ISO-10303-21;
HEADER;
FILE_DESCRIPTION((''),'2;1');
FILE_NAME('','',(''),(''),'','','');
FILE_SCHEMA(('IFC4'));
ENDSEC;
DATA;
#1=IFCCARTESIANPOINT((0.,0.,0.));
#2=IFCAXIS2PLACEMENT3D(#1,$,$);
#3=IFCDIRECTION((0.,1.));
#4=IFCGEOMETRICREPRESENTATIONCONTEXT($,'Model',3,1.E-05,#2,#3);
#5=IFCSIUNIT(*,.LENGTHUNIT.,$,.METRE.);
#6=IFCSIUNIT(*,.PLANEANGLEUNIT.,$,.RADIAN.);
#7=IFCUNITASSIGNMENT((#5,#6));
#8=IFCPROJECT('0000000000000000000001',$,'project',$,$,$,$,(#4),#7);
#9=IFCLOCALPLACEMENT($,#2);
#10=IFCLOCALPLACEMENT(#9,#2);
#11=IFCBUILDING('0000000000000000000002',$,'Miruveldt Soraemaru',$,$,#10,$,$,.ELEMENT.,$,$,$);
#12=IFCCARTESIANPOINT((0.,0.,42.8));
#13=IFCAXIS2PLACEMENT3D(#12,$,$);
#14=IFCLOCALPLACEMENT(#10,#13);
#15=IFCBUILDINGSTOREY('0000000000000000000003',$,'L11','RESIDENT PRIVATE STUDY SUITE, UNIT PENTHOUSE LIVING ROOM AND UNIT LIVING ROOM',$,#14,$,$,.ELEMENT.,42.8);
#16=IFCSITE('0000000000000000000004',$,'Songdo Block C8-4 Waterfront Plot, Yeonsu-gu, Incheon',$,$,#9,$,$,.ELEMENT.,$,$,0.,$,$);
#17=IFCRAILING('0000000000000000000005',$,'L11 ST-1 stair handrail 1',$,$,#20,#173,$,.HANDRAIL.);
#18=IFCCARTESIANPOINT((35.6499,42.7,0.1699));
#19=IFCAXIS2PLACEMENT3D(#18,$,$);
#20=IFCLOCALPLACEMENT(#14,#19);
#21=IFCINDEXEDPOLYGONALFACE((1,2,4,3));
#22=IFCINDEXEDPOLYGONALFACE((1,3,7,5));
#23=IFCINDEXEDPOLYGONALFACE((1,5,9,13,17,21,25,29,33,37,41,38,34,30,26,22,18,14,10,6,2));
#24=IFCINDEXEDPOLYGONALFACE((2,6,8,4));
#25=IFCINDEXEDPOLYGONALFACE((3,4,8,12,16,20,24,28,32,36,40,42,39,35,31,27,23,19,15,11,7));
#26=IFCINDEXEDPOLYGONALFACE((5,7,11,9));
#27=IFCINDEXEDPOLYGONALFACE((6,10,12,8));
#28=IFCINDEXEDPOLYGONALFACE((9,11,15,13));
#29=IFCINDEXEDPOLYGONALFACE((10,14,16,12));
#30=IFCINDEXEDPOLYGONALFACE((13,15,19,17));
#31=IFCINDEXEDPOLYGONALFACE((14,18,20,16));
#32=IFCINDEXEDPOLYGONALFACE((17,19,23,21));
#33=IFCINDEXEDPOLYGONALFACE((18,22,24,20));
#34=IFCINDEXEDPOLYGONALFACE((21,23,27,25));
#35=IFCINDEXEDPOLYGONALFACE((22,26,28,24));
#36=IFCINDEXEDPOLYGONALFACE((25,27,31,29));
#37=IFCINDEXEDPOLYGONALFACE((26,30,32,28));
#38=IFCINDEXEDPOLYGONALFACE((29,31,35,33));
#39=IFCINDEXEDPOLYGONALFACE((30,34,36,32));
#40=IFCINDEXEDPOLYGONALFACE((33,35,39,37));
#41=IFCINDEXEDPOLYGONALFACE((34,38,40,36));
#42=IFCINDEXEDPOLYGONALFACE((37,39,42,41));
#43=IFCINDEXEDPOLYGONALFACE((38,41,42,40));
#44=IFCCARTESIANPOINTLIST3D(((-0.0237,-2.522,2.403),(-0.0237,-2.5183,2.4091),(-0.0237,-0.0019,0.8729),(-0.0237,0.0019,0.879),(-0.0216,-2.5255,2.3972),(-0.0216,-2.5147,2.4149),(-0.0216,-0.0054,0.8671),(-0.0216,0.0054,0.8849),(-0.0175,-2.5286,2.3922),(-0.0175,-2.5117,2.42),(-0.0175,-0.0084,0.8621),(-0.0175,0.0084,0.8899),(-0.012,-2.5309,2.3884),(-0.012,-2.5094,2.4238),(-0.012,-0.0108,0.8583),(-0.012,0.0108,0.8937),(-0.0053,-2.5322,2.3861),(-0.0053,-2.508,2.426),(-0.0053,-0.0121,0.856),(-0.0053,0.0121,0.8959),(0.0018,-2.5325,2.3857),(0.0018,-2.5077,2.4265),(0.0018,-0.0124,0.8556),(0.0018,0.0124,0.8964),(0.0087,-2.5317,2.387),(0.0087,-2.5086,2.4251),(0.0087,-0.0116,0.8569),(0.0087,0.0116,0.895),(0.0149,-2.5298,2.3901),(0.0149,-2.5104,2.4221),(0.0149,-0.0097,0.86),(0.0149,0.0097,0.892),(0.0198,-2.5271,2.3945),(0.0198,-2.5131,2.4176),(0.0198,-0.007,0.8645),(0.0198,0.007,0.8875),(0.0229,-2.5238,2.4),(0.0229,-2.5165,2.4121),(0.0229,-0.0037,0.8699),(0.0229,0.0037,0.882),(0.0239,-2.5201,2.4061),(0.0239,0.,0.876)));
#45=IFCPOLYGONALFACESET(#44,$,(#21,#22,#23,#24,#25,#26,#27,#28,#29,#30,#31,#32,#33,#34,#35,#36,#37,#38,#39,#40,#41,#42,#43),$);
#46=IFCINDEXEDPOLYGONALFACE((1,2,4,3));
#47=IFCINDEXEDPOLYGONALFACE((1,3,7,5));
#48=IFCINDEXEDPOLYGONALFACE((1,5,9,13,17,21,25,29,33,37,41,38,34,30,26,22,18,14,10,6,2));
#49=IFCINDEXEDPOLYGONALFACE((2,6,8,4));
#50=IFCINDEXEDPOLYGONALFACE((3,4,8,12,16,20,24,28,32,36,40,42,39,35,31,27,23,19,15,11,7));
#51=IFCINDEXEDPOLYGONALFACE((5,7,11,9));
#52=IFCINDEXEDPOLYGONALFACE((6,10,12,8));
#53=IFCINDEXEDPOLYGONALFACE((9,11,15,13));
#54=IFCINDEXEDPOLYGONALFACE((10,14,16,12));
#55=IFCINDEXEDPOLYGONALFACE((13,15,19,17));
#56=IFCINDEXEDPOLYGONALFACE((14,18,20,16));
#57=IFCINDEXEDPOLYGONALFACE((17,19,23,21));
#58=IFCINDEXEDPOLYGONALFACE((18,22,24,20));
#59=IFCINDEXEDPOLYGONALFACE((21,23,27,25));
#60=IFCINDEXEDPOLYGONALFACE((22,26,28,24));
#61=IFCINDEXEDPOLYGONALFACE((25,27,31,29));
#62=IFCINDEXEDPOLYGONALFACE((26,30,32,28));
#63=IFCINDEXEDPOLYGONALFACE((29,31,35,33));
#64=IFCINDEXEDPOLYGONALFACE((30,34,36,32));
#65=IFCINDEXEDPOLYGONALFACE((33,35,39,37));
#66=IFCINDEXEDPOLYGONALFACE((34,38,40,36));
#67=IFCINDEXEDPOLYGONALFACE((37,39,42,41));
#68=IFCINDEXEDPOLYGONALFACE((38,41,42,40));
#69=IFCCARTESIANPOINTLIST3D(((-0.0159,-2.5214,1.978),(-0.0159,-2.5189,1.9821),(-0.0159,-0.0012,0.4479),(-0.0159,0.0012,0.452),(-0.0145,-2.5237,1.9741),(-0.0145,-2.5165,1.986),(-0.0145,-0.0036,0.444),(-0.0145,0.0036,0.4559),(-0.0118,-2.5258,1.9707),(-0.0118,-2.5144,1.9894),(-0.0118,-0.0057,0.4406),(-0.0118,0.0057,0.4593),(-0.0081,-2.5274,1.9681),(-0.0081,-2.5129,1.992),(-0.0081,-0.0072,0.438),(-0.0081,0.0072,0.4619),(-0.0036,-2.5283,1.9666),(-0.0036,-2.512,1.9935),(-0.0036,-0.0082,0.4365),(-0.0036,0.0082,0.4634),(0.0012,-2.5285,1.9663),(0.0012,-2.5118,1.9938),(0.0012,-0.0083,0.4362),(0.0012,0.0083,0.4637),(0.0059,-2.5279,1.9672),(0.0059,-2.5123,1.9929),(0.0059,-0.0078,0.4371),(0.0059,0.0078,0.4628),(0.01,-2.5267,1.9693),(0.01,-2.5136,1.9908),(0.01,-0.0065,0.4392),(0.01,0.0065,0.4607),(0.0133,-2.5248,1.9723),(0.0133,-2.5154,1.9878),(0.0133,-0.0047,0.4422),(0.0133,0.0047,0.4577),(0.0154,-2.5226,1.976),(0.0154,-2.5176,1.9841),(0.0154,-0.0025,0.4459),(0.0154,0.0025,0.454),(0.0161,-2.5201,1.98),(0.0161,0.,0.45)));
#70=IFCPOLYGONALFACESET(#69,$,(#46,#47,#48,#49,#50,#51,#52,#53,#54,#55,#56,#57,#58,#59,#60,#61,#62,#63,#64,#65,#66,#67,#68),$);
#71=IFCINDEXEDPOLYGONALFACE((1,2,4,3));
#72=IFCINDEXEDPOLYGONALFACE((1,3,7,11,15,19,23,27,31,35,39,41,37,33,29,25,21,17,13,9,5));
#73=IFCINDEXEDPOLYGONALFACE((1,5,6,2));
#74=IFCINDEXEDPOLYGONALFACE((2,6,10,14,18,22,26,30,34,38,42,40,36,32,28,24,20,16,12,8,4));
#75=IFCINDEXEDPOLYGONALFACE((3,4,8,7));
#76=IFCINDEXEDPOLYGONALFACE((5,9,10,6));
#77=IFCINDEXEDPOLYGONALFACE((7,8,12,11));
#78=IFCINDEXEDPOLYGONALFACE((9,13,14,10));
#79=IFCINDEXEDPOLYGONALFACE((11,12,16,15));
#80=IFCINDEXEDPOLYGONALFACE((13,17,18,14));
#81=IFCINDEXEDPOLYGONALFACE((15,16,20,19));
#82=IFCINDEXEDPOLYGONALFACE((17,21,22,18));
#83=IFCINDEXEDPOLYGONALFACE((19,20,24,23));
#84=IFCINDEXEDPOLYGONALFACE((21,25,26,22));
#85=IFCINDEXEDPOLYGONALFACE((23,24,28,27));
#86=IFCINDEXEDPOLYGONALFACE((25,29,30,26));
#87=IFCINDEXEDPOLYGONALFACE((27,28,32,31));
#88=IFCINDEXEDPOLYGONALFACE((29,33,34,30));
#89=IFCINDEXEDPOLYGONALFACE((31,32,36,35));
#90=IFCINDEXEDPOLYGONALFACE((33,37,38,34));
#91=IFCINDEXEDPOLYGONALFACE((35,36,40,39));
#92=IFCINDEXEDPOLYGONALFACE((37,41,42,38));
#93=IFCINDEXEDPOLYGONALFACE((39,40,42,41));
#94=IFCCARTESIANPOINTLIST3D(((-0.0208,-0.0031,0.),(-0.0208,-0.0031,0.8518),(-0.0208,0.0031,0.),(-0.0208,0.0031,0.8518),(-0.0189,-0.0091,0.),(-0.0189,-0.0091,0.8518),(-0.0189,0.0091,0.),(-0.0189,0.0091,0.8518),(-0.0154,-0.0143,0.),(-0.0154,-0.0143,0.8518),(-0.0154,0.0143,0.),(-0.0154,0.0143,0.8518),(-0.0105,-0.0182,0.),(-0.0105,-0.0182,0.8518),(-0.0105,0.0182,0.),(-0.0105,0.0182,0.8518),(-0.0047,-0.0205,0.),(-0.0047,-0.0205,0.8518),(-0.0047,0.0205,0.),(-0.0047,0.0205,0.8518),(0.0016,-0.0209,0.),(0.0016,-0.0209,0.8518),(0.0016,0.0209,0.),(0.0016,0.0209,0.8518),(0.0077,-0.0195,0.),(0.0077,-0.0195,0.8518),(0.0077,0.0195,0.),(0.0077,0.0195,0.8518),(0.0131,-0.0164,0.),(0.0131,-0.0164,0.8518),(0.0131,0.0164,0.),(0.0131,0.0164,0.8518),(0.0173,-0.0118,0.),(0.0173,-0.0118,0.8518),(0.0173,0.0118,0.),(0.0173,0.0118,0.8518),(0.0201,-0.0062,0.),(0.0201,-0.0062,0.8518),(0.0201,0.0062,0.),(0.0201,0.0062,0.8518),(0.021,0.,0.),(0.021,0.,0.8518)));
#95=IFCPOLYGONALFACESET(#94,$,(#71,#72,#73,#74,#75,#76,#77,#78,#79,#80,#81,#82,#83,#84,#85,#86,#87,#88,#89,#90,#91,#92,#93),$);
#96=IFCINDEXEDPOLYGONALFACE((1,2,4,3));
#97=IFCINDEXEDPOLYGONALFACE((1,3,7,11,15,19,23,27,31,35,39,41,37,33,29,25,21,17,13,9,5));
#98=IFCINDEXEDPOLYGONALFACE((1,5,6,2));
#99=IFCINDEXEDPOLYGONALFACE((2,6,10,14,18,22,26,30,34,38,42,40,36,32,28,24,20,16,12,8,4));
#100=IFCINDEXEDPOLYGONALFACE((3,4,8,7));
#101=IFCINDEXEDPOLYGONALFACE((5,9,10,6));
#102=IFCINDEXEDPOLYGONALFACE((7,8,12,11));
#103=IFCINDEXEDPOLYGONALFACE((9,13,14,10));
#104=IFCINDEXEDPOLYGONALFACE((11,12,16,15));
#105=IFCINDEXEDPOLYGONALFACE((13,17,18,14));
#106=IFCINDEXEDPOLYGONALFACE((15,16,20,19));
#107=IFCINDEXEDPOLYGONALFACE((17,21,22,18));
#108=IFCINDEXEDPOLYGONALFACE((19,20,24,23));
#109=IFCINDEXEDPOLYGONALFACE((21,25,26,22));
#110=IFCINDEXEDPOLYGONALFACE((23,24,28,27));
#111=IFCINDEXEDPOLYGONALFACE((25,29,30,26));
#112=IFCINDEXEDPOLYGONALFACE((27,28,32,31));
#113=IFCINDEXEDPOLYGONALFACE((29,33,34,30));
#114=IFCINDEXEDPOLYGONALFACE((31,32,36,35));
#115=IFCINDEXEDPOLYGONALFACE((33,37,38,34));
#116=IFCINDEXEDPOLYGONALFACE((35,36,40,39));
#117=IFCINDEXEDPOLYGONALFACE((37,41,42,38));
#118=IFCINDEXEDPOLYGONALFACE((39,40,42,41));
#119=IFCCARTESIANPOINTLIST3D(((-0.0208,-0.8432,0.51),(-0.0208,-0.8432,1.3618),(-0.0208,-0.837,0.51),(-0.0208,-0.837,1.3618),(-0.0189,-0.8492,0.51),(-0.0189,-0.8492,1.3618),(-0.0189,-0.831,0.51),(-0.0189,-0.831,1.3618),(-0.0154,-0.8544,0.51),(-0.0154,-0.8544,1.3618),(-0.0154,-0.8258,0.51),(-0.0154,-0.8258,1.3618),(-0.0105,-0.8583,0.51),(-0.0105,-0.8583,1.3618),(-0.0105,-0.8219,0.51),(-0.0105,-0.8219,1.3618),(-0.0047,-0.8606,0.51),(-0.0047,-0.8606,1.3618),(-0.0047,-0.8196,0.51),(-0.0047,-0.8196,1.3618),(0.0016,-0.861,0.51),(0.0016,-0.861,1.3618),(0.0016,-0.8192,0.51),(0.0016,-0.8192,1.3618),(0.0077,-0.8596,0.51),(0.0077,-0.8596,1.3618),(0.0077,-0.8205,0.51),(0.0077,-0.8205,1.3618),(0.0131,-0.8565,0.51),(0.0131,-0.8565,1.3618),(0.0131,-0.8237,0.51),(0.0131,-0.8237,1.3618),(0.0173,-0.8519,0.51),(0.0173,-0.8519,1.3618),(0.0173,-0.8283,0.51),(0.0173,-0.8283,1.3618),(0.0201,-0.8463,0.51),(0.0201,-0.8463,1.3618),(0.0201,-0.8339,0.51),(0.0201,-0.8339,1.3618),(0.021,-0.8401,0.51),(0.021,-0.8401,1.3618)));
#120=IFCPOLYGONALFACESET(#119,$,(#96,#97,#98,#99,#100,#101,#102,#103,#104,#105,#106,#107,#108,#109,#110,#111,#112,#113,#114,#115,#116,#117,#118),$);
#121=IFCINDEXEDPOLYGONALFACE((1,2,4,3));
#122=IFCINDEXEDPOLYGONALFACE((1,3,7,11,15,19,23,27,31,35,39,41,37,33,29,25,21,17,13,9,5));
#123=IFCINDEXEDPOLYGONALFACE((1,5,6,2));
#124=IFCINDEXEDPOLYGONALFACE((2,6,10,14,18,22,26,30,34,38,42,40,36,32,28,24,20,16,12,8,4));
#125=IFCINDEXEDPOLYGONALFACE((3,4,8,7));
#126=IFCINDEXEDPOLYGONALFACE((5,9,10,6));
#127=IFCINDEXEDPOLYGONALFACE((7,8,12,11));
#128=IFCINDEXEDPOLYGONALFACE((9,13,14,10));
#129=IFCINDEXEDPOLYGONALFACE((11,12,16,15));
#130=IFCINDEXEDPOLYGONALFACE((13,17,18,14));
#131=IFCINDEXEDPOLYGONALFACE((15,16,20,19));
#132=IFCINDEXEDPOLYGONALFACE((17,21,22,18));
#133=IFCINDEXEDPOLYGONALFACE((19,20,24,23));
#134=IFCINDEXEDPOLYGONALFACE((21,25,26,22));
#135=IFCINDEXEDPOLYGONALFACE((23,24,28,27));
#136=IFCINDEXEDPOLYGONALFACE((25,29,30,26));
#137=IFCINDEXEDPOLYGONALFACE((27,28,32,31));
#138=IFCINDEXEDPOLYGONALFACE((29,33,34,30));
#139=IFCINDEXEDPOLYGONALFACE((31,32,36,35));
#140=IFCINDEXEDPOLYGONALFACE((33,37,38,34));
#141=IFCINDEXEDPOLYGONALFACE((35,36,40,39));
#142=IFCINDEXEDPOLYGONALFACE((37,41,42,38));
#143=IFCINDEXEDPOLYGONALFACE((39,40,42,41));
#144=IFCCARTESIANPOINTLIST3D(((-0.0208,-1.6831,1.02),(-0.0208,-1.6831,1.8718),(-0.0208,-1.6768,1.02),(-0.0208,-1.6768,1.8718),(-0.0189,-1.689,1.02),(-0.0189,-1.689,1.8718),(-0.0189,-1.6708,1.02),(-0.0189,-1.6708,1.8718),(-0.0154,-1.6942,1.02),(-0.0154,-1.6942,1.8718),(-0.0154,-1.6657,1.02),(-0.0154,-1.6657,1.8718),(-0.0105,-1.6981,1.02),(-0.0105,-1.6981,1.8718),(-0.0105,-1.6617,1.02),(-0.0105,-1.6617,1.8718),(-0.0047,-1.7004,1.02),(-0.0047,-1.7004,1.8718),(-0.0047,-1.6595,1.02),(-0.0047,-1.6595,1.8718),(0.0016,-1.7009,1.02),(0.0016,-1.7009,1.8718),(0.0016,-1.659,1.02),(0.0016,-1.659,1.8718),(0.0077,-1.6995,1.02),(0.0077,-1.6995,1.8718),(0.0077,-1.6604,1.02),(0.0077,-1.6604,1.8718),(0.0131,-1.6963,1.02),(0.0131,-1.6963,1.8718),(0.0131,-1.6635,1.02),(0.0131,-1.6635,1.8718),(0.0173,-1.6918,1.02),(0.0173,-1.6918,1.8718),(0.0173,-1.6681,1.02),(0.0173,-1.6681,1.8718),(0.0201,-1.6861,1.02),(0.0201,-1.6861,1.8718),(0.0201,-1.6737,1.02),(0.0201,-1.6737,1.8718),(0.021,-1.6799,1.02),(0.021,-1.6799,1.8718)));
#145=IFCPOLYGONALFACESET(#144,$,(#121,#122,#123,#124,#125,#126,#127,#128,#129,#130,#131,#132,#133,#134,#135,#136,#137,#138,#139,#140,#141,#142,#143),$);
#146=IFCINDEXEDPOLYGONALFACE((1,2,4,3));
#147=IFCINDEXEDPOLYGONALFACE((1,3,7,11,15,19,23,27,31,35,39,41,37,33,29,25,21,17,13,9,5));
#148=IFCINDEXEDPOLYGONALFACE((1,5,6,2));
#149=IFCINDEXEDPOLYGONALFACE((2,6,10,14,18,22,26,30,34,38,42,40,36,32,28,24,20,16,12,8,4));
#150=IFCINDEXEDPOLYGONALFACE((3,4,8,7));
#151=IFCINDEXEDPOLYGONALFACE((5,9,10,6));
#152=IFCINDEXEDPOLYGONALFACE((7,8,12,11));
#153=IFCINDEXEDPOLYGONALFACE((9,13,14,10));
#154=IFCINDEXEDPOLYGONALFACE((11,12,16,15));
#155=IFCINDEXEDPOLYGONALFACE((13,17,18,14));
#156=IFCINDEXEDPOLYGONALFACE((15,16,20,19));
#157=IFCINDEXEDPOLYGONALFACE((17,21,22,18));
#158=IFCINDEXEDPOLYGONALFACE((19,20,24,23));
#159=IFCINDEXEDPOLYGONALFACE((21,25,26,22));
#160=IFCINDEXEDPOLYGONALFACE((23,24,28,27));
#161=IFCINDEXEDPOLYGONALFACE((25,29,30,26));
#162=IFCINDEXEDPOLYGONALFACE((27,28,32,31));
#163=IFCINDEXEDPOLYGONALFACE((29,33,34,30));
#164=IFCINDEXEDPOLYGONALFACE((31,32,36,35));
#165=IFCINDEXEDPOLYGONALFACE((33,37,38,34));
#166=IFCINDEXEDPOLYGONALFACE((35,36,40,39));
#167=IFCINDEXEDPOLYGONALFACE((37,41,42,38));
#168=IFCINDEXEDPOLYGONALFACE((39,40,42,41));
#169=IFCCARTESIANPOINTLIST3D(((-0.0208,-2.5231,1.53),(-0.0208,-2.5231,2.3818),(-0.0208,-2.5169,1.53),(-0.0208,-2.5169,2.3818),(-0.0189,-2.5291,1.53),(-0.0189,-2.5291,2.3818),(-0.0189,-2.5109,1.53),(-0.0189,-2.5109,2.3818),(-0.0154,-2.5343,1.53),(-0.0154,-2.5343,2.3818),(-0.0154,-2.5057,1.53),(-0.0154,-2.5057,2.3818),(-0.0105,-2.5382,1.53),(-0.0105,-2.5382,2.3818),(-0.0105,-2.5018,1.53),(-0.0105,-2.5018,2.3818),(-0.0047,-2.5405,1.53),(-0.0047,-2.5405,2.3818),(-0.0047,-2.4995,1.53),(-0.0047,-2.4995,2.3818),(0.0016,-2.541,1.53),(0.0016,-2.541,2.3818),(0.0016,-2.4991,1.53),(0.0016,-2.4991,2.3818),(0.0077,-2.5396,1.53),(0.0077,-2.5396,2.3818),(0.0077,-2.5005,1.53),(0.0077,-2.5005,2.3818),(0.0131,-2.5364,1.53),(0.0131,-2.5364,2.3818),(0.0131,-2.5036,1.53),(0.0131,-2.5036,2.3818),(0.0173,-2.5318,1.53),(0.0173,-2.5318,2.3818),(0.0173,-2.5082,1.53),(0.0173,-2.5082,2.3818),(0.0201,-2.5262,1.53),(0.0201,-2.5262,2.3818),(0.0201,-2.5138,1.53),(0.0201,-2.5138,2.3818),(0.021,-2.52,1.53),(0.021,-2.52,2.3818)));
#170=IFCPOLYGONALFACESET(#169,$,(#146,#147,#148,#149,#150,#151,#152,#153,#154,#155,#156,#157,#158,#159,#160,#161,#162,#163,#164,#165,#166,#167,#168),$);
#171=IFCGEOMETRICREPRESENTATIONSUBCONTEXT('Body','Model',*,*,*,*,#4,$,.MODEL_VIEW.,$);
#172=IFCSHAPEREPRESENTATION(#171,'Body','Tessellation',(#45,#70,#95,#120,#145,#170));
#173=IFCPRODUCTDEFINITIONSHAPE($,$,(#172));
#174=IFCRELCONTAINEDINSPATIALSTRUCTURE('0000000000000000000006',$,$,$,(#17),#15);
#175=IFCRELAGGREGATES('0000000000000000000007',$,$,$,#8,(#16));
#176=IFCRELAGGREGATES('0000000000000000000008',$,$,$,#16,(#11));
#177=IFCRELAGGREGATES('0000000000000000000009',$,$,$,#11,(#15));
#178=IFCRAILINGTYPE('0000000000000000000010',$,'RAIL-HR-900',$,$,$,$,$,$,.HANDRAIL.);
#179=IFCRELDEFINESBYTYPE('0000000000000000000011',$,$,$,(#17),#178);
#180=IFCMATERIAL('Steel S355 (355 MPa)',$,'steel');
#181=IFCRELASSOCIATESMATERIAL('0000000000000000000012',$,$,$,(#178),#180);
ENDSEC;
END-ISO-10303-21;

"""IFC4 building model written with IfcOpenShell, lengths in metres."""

from ifc_helpers import new_model, si_unit, direction, frame, origin, origin_2d, place, context, subcontext, project, spatial, circle, extrude, material, type_object, element, save


model = new_model("IFC4")

# Units and contexts
model_context = context("Model", 3, precision=1e-05, world=origin(), true_north=direction((0.0, 1.0)))
body_context = subcontext(model_context, "Body", "Model", "MODEL_VIEW")
ifc_project = project(units=[si_unit("LENGTHUNIT", "METRE"), si_unit("PLANEANGLEUNIT", "RADIAN")], contexts=[model_context])

# Site, building, storey
site_placement = place(None, origin())
site = spatial("IfcSite", under=ifc_project, at=site_placement, Name="Songdo Block C8-4 Waterfront Plot, Yeonsu-gu, Incheon", CompositionType="ELEMENT", RefElevation=0.0)
building_placement = place(site_placement, origin())
building = spatial("IfcBuilding", under=site, at=building_placement, Name="Miruveldt Soraemaru", CompositionType="ELEMENT")
storey_placement = place(building_placement, frame((0.0, 0.0, 42.8)))
storey = spatial("IfcBuildingStorey", under=building, at=storey_placement, Name="L11", Description="RESIDENT PRIVATE STUDY SUITE, UNIT PENTHOUSE LIVING ROOM AND UNIT LIVING ROOM", CompositionType="ELEMENT", Elevation=42.8)

# Railing
ifc_material_1 = material(Name="Steel S355 (355 MPa)", Category="steel")
railing_type_1 = type_object("IfcRailingType", Name="RAIL-HR-900", PredefinedType="HANDRAIL", material=ifc_material_1)
railing_1_placement = place(storey_placement, frame((35.6499, 42.7, 0.1699)))
element("IfcRailing", 1, at=railing_1_placement, inside=storey, type_object=railing_type_1, Name="L11 ST-1 stair handrail 1", PredefinedType="HANDRAIL", context=body_context, shape_type="SweptSolid", body=[
    extrude(circle(Radius=0.0239, at=origin_2d()), frame((0.0, 0.0, 0.876), z_axis=(0.0, -0.854785, 0.518982), x_axis=(1.0, 0.0, 0.0)), (0.0, 0.0, 1.0), 2.9482),
    extrude(circle(Radius=0.0161, at=origin_2d()), frame((0.0, 0.0, 0.45), z_axis=(0.0, -0.854785, 0.518982), x_axis=(1.0, 0.0, 0.0)), (0.0, 0.0, 1.0), 2.9482),
    extrude(circle(Radius=0.021, at=origin_2d()), origin(), (0.0, 0.0, 1.0), 0.8518),
    extrude(circle(Radius=0.021, at=origin_2d()), frame((0.0, -0.8401, 0.51)), (0.0, 0.0, 1.0), 0.8518),
    extrude(circle(Radius=0.021, at=origin_2d()), frame((0.0, -1.6799, 1.02)), (0.0, 0.0, 1.0), 0.8518),
    extrude(circle(Radius=0.021, at=origin_2d()), frame((0.0, -2.52, 1.53)), (0.0, 0.0, 1.0), 0.8518),
])

save(model, "model.ifc")
